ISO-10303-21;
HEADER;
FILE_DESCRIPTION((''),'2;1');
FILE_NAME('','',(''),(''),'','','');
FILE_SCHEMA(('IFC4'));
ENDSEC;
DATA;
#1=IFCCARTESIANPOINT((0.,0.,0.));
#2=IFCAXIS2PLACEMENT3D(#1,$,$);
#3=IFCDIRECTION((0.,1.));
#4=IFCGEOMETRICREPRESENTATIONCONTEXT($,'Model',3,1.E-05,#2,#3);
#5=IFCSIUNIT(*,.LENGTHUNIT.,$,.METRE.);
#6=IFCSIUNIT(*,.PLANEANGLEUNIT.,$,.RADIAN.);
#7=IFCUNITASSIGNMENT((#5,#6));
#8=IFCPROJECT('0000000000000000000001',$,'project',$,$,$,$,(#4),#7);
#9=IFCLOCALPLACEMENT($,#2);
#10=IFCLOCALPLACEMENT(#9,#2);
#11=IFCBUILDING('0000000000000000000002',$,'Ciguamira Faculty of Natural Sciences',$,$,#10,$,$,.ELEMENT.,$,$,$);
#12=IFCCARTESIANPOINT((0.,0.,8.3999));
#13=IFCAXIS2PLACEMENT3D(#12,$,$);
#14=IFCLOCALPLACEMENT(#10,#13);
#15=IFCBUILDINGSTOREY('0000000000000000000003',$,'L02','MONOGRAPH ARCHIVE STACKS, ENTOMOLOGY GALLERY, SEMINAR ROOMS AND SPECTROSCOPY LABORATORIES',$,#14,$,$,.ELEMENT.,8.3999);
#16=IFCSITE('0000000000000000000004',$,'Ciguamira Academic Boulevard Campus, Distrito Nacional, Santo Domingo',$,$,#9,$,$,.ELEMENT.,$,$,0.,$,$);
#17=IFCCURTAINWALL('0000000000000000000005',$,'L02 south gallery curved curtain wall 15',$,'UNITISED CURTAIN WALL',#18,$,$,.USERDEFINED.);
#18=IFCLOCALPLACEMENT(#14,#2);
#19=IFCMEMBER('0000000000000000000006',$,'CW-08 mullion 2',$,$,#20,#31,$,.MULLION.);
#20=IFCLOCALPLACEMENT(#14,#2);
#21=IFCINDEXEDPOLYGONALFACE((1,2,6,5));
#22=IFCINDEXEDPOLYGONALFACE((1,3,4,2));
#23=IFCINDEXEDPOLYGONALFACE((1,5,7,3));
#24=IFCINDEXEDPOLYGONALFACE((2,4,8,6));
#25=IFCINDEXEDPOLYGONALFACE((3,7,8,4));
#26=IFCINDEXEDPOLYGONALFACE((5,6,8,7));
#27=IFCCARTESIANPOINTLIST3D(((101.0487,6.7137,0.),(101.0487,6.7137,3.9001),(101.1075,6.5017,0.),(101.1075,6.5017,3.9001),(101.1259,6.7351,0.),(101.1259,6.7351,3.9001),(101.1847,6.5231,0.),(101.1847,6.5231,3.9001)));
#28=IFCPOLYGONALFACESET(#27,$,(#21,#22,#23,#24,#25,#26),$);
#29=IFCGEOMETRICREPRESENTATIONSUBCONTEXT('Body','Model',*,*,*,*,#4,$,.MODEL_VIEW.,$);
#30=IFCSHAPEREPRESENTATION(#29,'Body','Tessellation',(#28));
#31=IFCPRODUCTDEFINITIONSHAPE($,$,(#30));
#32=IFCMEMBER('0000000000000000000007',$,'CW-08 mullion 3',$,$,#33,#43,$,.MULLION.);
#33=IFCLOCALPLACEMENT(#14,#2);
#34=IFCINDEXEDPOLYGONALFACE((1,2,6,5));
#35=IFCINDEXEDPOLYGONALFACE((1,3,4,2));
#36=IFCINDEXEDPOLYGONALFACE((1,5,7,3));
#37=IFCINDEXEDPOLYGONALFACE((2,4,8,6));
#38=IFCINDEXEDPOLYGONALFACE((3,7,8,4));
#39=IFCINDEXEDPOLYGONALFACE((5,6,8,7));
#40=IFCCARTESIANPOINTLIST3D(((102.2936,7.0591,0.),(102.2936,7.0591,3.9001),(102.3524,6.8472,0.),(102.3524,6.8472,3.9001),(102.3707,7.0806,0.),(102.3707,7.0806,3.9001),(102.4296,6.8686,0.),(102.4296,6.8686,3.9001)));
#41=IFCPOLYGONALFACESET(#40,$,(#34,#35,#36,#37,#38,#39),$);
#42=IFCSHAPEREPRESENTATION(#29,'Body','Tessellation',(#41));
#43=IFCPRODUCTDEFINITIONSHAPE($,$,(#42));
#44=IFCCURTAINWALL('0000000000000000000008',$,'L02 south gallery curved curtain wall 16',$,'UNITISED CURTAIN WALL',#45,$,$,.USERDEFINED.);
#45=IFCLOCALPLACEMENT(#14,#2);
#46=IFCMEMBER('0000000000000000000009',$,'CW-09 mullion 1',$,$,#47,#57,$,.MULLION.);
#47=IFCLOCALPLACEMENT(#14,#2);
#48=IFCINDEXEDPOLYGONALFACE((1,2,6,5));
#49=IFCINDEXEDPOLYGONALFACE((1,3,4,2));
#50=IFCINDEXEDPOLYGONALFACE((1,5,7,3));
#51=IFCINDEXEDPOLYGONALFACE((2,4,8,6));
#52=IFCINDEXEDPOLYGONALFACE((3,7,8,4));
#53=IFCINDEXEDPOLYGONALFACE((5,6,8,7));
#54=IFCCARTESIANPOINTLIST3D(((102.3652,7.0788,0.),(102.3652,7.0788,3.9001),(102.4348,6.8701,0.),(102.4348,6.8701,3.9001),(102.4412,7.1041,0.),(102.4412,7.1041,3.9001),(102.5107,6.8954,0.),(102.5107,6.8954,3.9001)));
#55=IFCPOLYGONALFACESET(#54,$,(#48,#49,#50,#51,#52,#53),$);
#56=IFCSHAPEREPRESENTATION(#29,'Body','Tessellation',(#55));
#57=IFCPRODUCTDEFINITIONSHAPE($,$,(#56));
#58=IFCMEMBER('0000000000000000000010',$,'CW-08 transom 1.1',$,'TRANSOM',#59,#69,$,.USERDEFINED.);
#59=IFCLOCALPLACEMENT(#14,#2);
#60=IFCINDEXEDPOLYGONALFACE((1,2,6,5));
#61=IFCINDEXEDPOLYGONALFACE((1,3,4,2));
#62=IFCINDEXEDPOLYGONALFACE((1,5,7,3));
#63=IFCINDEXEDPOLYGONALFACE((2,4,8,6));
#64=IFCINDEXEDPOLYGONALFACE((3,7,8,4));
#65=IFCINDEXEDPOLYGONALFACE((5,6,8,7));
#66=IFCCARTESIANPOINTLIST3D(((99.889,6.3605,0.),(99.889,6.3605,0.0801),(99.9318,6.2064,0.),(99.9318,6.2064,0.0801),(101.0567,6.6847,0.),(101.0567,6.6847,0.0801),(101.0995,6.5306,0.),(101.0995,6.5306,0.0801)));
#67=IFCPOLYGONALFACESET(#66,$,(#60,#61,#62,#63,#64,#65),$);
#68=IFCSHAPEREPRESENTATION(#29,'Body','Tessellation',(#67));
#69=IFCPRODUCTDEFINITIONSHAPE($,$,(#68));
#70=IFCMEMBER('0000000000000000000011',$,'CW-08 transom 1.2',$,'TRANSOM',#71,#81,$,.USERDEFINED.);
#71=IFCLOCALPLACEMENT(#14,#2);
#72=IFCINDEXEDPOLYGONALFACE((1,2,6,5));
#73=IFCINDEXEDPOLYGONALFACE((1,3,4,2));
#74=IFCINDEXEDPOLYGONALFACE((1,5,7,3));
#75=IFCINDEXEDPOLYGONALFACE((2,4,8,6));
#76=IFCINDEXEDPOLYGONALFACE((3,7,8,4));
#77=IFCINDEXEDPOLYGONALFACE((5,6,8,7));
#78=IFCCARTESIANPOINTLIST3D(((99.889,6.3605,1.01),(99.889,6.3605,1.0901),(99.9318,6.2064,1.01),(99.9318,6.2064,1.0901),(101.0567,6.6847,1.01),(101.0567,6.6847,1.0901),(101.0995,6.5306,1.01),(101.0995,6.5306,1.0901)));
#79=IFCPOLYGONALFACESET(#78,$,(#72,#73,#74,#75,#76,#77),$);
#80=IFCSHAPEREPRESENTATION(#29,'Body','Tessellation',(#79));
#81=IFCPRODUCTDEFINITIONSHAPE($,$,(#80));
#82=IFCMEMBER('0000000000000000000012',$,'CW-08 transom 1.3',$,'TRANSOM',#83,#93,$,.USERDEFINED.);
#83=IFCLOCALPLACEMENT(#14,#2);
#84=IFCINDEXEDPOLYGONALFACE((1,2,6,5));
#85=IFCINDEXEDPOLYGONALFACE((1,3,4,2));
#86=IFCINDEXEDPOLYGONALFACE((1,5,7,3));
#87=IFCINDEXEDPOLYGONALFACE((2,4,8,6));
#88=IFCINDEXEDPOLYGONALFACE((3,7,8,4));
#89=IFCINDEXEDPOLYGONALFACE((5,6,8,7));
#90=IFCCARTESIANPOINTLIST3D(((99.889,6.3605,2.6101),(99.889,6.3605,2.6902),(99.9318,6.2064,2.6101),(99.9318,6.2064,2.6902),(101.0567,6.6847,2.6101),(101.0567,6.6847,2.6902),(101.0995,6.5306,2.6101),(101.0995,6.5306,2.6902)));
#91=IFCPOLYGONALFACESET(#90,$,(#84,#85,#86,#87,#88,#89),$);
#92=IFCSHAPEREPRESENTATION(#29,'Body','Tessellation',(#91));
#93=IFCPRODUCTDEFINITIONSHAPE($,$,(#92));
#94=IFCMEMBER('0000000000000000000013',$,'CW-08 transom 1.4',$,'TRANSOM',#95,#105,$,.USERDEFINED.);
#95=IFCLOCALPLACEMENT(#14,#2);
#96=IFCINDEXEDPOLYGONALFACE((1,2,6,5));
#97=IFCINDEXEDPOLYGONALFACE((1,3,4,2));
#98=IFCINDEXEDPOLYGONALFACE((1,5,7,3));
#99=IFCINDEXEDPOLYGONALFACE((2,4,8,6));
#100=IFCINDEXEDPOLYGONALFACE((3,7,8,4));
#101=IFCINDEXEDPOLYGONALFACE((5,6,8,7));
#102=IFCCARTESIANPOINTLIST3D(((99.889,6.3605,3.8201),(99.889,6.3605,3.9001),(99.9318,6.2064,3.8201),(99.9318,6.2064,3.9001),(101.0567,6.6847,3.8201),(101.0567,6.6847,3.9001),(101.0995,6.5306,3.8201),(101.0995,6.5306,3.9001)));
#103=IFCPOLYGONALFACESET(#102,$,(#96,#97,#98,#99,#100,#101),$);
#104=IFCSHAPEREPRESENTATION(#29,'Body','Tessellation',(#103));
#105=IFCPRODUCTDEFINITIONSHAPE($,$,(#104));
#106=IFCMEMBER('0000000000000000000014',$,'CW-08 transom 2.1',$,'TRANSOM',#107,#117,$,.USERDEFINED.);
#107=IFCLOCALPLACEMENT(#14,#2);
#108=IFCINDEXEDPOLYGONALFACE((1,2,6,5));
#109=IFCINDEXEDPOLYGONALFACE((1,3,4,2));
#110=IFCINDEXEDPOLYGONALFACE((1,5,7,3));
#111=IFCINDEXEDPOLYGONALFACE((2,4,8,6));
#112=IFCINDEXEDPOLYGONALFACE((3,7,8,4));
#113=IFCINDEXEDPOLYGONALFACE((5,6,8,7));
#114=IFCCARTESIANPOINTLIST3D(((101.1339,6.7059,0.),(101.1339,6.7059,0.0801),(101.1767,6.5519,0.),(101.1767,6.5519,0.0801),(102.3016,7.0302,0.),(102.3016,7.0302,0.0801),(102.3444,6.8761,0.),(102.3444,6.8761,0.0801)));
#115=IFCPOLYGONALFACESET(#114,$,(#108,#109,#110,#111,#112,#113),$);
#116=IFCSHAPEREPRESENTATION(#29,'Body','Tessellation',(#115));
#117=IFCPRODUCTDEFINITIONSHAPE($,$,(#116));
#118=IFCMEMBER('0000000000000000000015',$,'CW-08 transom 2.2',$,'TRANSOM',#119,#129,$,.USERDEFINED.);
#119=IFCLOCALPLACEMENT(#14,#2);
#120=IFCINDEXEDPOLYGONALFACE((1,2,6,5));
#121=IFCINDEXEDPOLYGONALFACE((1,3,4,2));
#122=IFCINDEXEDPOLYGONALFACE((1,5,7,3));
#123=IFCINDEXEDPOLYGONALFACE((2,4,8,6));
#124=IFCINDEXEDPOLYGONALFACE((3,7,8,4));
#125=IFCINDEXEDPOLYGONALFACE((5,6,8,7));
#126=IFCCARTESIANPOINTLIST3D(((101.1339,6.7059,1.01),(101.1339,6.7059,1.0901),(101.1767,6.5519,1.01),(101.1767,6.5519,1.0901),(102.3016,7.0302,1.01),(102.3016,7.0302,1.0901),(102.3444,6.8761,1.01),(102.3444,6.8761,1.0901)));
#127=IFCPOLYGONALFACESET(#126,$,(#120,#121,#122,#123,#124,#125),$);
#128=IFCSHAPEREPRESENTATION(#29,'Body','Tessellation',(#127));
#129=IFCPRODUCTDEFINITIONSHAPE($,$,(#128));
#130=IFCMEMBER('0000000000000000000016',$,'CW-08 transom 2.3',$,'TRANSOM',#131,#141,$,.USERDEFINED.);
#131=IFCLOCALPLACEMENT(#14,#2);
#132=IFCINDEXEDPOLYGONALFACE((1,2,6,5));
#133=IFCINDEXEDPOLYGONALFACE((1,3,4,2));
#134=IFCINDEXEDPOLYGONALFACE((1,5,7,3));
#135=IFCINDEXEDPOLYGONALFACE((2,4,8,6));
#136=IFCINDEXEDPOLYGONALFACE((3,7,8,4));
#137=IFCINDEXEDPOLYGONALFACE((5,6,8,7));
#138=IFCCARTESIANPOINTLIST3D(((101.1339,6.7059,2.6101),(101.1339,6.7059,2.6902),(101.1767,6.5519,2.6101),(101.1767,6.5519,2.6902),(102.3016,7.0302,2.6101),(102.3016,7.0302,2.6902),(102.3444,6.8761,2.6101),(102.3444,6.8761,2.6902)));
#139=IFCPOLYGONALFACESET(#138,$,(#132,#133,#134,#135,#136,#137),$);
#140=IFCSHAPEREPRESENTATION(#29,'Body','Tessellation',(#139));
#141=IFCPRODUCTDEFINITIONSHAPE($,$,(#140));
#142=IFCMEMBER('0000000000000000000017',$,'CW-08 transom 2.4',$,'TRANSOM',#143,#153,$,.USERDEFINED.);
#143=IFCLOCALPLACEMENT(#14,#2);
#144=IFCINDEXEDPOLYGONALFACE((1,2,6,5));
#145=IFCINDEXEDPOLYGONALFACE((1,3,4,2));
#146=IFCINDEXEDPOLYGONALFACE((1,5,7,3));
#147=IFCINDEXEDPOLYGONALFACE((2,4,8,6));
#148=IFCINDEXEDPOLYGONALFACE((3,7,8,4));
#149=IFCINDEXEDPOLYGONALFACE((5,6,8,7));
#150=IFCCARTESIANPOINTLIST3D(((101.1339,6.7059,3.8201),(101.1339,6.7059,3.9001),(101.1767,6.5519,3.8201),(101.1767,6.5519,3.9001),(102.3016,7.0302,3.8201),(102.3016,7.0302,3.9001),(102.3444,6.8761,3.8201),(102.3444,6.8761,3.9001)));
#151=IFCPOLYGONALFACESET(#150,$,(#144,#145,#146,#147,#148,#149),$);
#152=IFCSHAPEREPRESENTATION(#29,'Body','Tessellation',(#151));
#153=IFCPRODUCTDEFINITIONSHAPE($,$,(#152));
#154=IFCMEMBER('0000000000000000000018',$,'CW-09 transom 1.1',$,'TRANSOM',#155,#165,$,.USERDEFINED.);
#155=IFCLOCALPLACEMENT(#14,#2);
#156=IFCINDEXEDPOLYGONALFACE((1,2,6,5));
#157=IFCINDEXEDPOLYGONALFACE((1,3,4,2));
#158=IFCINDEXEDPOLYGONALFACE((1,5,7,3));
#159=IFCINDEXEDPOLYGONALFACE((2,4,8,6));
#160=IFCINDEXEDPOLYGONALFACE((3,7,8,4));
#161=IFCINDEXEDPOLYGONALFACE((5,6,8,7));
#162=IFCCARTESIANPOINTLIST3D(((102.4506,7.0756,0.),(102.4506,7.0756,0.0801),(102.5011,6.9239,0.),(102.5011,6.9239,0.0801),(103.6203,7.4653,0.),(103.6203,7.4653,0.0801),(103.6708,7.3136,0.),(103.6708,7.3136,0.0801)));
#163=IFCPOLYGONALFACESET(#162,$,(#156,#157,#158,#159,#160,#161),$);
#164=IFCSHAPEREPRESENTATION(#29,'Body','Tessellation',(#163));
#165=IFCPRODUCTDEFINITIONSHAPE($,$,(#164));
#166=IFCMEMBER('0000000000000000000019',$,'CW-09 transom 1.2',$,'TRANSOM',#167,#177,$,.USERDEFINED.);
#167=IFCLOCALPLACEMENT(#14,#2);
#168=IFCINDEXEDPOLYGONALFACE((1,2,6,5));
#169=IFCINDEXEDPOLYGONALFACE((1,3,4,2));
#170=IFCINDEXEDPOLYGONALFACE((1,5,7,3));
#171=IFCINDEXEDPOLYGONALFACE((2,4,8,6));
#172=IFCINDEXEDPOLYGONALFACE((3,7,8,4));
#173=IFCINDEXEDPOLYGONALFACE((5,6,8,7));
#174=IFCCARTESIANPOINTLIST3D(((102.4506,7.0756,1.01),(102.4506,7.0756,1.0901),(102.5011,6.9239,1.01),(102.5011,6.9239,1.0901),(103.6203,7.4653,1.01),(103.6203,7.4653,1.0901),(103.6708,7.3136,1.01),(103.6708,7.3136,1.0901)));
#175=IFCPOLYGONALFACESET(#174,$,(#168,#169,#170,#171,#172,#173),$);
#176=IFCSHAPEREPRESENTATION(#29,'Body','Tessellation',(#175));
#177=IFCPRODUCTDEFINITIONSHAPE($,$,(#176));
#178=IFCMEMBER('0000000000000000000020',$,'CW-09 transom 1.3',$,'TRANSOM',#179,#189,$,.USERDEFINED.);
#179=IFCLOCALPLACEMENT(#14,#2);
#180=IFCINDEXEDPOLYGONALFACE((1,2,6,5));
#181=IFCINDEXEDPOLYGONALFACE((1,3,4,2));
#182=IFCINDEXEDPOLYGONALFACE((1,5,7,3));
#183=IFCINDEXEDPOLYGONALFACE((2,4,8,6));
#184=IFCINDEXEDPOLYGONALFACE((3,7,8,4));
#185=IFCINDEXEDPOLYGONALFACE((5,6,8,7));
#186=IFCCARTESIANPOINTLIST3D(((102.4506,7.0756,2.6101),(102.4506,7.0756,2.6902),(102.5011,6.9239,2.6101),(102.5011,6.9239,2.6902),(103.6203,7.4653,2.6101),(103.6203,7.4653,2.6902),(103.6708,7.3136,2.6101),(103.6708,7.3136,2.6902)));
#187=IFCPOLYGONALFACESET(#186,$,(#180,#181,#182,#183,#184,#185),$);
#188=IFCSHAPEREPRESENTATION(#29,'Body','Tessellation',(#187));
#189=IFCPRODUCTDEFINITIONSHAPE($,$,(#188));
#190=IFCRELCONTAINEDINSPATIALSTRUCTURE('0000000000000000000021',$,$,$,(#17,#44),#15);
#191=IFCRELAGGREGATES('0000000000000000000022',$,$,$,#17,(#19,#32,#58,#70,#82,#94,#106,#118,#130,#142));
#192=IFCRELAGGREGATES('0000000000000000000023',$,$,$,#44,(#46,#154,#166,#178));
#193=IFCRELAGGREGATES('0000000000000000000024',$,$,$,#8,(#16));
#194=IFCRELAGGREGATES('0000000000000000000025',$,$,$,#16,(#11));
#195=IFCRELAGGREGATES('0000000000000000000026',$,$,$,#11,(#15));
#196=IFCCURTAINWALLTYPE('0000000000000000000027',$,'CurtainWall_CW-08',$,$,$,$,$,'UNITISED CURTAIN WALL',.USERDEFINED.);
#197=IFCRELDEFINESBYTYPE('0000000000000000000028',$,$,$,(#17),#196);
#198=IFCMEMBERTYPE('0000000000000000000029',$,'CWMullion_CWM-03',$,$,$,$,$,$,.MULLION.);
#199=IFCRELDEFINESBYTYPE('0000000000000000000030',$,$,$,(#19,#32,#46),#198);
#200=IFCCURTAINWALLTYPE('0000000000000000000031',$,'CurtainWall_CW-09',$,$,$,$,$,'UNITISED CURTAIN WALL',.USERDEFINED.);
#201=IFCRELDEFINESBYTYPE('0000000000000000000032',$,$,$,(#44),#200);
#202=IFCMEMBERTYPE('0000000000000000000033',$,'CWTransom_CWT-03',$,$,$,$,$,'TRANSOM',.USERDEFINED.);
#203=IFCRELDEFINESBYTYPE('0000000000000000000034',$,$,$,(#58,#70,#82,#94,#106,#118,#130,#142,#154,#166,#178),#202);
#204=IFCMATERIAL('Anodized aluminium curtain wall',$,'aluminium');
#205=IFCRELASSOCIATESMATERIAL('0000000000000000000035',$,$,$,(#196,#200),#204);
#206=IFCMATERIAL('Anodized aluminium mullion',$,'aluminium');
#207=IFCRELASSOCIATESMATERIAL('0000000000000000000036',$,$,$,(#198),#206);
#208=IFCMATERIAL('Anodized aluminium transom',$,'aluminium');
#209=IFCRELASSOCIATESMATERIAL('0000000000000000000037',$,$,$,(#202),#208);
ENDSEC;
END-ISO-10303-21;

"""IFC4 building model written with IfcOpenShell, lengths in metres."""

from ifc_helpers import new_model, si_unit, direction, frame, origin, origin_2d, place, context, subcontext, project, spatial, rectangle, extrude, material, material_profile, profile_set, type_object, element, aggregate, save


model = new_model("IFC4")

# Units and contexts
model_context = context("Model", 3, precision=1e-05, world=origin(), true_north=direction((0.0, 1.0)))
body_context = subcontext(model_context, "Body", "Model", "MODEL_VIEW")
ifc_project = project(units=[si_unit("LENGTHUNIT", "METRE"), si_unit("PLANEANGLEUNIT", "RADIAN")], contexts=[model_context])

# Site, building, storey
site_placement = place(None, origin())
site = spatial("IfcSite", under=ifc_project, at=site_placement, Name="Ciguamira Academic Boulevard Campus, Distrito Nacional, Santo Domingo", CompositionType="ELEMENT", RefElevation=0.0)
building_placement = place(site_placement, origin())
building = spatial("IfcBuilding", under=site, at=building_placement, Name="Ciguamira Faculty of Natural Sciences", CompositionType="ELEMENT")
storey_placement = place(building_placement, frame((0.0, 0.0, 8.3999)))
storey = spatial("IfcBuildingStorey", under=building, at=storey_placement, Name="L02", Description="MONOGRAPH ARCHIVE STACKS, ENTOMOLOGY GALLERY, SEMINAR ROOMS AND SPECTROSCOPY LABORATORIES", CompositionType="ELEMENT", Elevation=8.3999)

# Curtain wall, members
ifc_material_1 = material(Name="Anodized aluminium curtain wall", Category="aluminium")
curtain_wall_type_1 = type_object("IfcCurtainWallType", Name="CurtainWall_CW-08", ElementType="UNITISED CURTAIN WALL", PredefinedType="USERDEFINED", material=ifc_material_1)
curtain_wall_1_placement = place(storey_placement, origin())
curtain_wall_1 = element("IfcCurtainWall", 1, at=curtain_wall_1_placement, inside=storey, type_object=curtain_wall_type_1, Name="L02 south gallery curved curtain wall 15", ObjectType="UNITISED CURTAIN WALL", PredefinedType="USERDEFINED")
ifc_material_2 = material(Name="Anodized aluminium mullion", Category="aluminium")
ifc_material_profile_1 = material_profile(ifc_material_2, rectangle(XDim=0.0801, YDim=0.22, at=origin_2d()), Name="ALU-MUL-80X220")
ifc_profile_set_1 = profile_set([ifc_material_profile_1], Name="Anodized aluminium mullion")
member_type_1 = type_object("IfcMemberType", Name="CWMullion_CWM-03", PredefinedType="MULLION", material=ifc_profile_set_1)
member_1_placement = place(storey_placement, frame((101.1167, 6.6184, 0.0), z_axis=(0.0, 0.0, 1.0), x_axis=(0.963573, 0.267444, 0.0)))
member_1 = element("IfcMember", 2, at=member_1_placement, type_object=member_type_1, Name="CW-08 mullion 2", PredefinedType="MULLION", context=body_context, shape_type="SweptSolid", body=[
    extrude(rectangle(XDim=0.0801, YDim=0.22, at=origin_2d()), origin(), (0.0, 0.0, 1.0), 3.9001),
])
member_2_placement = place(storey_placement, frame((102.3616, 6.9639, 0.0), z_axis=(0.0, 0.0, 1.0), x_axis=(0.963573, 0.267444, 0.0)))
member_2 = element("IfcMember", 3, at=member_2_placement, type_object=member_type_1, Name="CW-08 mullion 3", PredefinedType="MULLION", context=body_context, shape_type="SweptSolid", body=[
    extrude(rectangle(XDim=0.0801, YDim=0.22, at=origin_2d()), origin(), (0.0, 0.0, 1.0), 3.9001),
])

# Curtain wall, member
curtain_wall_type_2 = type_object("IfcCurtainWallType", Name="CurtainWall_CW-09", ElementType="UNITISED CURTAIN WALL", PredefinedType="USERDEFINED", material=ifc_material_1)
curtain_wall_2_placement = place(storey_placement, origin())
curtain_wall_2 = element("IfcCurtainWall", 4, at=curtain_wall_2_placement, inside=storey, type_object=curtain_wall_type_2, Name="L02 south gallery curved curtain wall 16", ObjectType="UNITISED CURTAIN WALL", PredefinedType="USERDEFINED")
member_3_placement = place(storey_placement, frame((102.438, 6.9871, 0.0), z_axis=(0.0, 0.0, 1.0), x_axis=(0.948735, 0.316073, 0.0)))
member_3 = element("IfcMember", 5, at=member_3_placement, type_object=member_type_1, Name="CW-09 mullion 1", PredefinedType="MULLION", context=body_context, shape_type="SweptSolid", body=[
    extrude(rectangle(XDim=0.0801, YDim=0.22, at=origin_2d()), origin(), (0.0, 0.0, 1.0), 3.9001),
])

# Members
ifc_material_3 = material(Name="Anodized aluminium transom", Category="aluminium")
ifc_material_profile_2 = material_profile(ifc_material_3, rectangle(XDim=0.0801, YDim=0.1599, at=origin_2d()), Name="ALU-TRN-80X160")
ifc_profile_set_2 = profile_set([ifc_material_profile_2], Name="Anodized aluminium transom")
member_type_2 = type_object("IfcMemberType", Name="CWTransom_CWT-03", ElementType="TRANSOM", PredefinedType="USERDEFINED", material=ifc_profile_set_2)
member_4_placement = place(storey_placement, frame((99.9104, 6.2834, 0.04), z_axis=(0.96355, 0.26753, 0.0), x_axis=(0.0, 0.0, 1.0)))
member_4 = element("IfcMember", 6, at=member_4_placement, type_object=member_type_2, Name="CW-08 transom 1.1", ObjectType="TRANSOM", PredefinedType="USERDEFINED", context=body_context, shape_type="SweptSolid", body=[
    extrude(rectangle(XDim=0.0801, YDim=0.1599, at=origin_2d()), origin(), (0.0, 0.0, 1.0), 1.2119),
])
member_5_placement = place(storey_placement, frame((99.9104, 6.2834, 1.05), z_axis=(0.96355, 0.26753, 0.0), x_axis=(0.0, 0.0, 1.0)))
member_5 = element("IfcMember", 7, at=member_5_placement, type_object=member_type_2, Name="CW-08 transom 1.2", ObjectType="TRANSOM", PredefinedType="USERDEFINED", context=body_context, shape_type="SweptSolid", body=[
    extrude(rectangle(XDim=0.0801, YDim=0.1599, at=origin_2d()), origin(), (0.0, 0.0, 1.0), 1.2119),
])
member_6_placement = place(storey_placement, frame((99.9104, 6.2834, 2.6501), z_axis=(0.96355, 0.26753, 0.0), x_axis=(0.0, 0.0, 1.0)))
member_6 = element("IfcMember", 8, at=member_6_placement, type_object=member_type_2, Name="CW-08 transom 1.3", ObjectType="TRANSOM", PredefinedType="USERDEFINED", context=body_context, shape_type="SweptSolid", body=[
    extrude(rectangle(XDim=0.0801, YDim=0.1599, at=origin_2d()), origin(), (0.0, 0.0, 1.0), 1.2119),
])
member_7_placement = place(storey_placement, frame((99.9104, 6.2834, 3.8601), z_axis=(0.96355, 0.26753, 0.0), x_axis=(0.0, 0.0, 1.0)))
member_7 = element("IfcMember", 9, at=member_7_placement, type_object=member_type_2, Name="CW-08 transom 1.4", ObjectType="TRANSOM", PredefinedType="USERDEFINED", context=body_context, shape_type="SweptSolid", body=[
    extrude(rectangle(XDim=0.0801, YDim=0.1599, at=origin_2d()), origin(), (0.0, 0.0, 1.0), 1.2119),
])
member_8_placement = place(storey_placement, frame((101.1553, 6.6289, 0.04), z_axis=(0.96355, 0.26753, 0.0), x_axis=(0.0, 0.0, 1.0)))
member_8 = element("IfcMember", 10, at=member_8_placement, type_object=member_type_2, Name="CW-08 transom 2.1", ObjectType="TRANSOM", PredefinedType="USERDEFINED", context=body_context, shape_type="SweptSolid", body=[
    extrude(rectangle(XDim=0.0801, YDim=0.1599, at=origin_2d()), origin(), (0.0, 0.0, 1.0), 1.2119),
])
member_9_placement = place(storey_placement, frame((101.1553, 6.6289, 1.05), z_axis=(0.96355, 0.26753, 0.0), x_axis=(0.0, 0.0, 1.0)))
member_9 = element("IfcMember", 11, at=member_9_placement, type_object=member_type_2, Name="CW-08 transom 2.2", ObjectType="TRANSOM", PredefinedType="USERDEFINED", context=body_context, shape_type="SweptSolid", body=[
    extrude(rectangle(XDim=0.0801, YDim=0.1599, at=origin_2d()), origin(), (0.0, 0.0, 1.0), 1.2119),
])
member_10_placement = place(storey_placement, frame((101.1553, 6.6289, 2.6501), z_axis=(0.96355, 0.26753, 0.0), x_axis=(0.0, 0.0, 1.0)))
member_10 = element("IfcMember", 12, at=member_10_placement, type_object=member_type_2, Name="CW-08 transom 2.3", ObjectType="TRANSOM", PredefinedType="USERDEFINED", context=body_context, shape_type="SweptSolid", body=[
    extrude(rectangle(XDim=0.0801, YDim=0.1599, at=origin_2d()), origin(), (0.0, 0.0, 1.0), 1.2119),
])
member_11_placement = place(storey_placement, frame((101.1553, 6.6289, 3.8601), z_axis=(0.96355, 0.26753, 0.0), x_axis=(0.0, 0.0, 1.0)))
member_11 = element("IfcMember", 13, at=member_11_placement, type_object=member_type_2, Name="CW-08 transom 2.4", ObjectType="TRANSOM", PredefinedType="USERDEFINED", context=body_context, shape_type="SweptSolid", body=[
    extrude(rectangle(XDim=0.0801, YDim=0.1599, at=origin_2d()), origin(), (0.0, 0.0, 1.0), 1.2119),
])
member_12_placement = place(storey_placement, frame((102.4758, 6.9998, 0.04), z_axis=(0.948743, 0.31605, 0.0), x_axis=(0.0, 0.0, 1.0)))
member_12 = element("IfcMember", 14, at=member_12_placement, type_object=member_type_2, Name="CW-09 transom 1.1", ObjectType="TRANSOM", PredefinedType="USERDEFINED", context=body_context, shape_type="SweptSolid", body=[
    extrude(rectangle(XDim=0.0801, YDim=0.1599, at=origin_2d()), origin(), (0.0, 0.0, 1.0), 1.2329),
])
member_13_placement = place(storey_placement, frame((102.4758, 6.9998, 1.05), z_axis=(0.948743, 0.31605, 0.0), x_axis=(0.0, 0.0, 1.0)))
member_13 = element("IfcMember", 15, at=member_13_placement, type_object=member_type_2, Name="CW-09 transom 1.2", ObjectType="TRANSOM", PredefinedType="USERDEFINED", context=body_context, shape_type="SweptSolid", body=[
    extrude(rectangle(XDim=0.0801, YDim=0.1599, at=origin_2d()), origin(), (0.0, 0.0, 1.0), 1.2329),
])
member_14_placement = place(storey_placement, frame((102.4758, 6.9998, 2.6501), z_axis=(0.948743, 0.31605, 0.0), x_axis=(0.0, 0.0, 1.0)))
member_14 = element("IfcMember", 16, at=member_14_placement, type_object=member_type_2, Name="CW-09 transom 1.3", ObjectType="TRANSOM", PredefinedType="USERDEFINED", context=body_context, shape_type="SweptSolid", body=[
    extrude(rectangle(XDim=0.0801, YDim=0.1599, at=origin_2d()), origin(), (0.0, 0.0, 1.0), 1.2329),
])

aggregate(curtain_wall_1, [member_1, member_2, member_4, member_5, member_6, member_7, member_8, member_9, member_10, member_11])
aggregate(curtain_wall_2, [member_3, member_12, member_13, member_14])

save(model, "model.ifc")
